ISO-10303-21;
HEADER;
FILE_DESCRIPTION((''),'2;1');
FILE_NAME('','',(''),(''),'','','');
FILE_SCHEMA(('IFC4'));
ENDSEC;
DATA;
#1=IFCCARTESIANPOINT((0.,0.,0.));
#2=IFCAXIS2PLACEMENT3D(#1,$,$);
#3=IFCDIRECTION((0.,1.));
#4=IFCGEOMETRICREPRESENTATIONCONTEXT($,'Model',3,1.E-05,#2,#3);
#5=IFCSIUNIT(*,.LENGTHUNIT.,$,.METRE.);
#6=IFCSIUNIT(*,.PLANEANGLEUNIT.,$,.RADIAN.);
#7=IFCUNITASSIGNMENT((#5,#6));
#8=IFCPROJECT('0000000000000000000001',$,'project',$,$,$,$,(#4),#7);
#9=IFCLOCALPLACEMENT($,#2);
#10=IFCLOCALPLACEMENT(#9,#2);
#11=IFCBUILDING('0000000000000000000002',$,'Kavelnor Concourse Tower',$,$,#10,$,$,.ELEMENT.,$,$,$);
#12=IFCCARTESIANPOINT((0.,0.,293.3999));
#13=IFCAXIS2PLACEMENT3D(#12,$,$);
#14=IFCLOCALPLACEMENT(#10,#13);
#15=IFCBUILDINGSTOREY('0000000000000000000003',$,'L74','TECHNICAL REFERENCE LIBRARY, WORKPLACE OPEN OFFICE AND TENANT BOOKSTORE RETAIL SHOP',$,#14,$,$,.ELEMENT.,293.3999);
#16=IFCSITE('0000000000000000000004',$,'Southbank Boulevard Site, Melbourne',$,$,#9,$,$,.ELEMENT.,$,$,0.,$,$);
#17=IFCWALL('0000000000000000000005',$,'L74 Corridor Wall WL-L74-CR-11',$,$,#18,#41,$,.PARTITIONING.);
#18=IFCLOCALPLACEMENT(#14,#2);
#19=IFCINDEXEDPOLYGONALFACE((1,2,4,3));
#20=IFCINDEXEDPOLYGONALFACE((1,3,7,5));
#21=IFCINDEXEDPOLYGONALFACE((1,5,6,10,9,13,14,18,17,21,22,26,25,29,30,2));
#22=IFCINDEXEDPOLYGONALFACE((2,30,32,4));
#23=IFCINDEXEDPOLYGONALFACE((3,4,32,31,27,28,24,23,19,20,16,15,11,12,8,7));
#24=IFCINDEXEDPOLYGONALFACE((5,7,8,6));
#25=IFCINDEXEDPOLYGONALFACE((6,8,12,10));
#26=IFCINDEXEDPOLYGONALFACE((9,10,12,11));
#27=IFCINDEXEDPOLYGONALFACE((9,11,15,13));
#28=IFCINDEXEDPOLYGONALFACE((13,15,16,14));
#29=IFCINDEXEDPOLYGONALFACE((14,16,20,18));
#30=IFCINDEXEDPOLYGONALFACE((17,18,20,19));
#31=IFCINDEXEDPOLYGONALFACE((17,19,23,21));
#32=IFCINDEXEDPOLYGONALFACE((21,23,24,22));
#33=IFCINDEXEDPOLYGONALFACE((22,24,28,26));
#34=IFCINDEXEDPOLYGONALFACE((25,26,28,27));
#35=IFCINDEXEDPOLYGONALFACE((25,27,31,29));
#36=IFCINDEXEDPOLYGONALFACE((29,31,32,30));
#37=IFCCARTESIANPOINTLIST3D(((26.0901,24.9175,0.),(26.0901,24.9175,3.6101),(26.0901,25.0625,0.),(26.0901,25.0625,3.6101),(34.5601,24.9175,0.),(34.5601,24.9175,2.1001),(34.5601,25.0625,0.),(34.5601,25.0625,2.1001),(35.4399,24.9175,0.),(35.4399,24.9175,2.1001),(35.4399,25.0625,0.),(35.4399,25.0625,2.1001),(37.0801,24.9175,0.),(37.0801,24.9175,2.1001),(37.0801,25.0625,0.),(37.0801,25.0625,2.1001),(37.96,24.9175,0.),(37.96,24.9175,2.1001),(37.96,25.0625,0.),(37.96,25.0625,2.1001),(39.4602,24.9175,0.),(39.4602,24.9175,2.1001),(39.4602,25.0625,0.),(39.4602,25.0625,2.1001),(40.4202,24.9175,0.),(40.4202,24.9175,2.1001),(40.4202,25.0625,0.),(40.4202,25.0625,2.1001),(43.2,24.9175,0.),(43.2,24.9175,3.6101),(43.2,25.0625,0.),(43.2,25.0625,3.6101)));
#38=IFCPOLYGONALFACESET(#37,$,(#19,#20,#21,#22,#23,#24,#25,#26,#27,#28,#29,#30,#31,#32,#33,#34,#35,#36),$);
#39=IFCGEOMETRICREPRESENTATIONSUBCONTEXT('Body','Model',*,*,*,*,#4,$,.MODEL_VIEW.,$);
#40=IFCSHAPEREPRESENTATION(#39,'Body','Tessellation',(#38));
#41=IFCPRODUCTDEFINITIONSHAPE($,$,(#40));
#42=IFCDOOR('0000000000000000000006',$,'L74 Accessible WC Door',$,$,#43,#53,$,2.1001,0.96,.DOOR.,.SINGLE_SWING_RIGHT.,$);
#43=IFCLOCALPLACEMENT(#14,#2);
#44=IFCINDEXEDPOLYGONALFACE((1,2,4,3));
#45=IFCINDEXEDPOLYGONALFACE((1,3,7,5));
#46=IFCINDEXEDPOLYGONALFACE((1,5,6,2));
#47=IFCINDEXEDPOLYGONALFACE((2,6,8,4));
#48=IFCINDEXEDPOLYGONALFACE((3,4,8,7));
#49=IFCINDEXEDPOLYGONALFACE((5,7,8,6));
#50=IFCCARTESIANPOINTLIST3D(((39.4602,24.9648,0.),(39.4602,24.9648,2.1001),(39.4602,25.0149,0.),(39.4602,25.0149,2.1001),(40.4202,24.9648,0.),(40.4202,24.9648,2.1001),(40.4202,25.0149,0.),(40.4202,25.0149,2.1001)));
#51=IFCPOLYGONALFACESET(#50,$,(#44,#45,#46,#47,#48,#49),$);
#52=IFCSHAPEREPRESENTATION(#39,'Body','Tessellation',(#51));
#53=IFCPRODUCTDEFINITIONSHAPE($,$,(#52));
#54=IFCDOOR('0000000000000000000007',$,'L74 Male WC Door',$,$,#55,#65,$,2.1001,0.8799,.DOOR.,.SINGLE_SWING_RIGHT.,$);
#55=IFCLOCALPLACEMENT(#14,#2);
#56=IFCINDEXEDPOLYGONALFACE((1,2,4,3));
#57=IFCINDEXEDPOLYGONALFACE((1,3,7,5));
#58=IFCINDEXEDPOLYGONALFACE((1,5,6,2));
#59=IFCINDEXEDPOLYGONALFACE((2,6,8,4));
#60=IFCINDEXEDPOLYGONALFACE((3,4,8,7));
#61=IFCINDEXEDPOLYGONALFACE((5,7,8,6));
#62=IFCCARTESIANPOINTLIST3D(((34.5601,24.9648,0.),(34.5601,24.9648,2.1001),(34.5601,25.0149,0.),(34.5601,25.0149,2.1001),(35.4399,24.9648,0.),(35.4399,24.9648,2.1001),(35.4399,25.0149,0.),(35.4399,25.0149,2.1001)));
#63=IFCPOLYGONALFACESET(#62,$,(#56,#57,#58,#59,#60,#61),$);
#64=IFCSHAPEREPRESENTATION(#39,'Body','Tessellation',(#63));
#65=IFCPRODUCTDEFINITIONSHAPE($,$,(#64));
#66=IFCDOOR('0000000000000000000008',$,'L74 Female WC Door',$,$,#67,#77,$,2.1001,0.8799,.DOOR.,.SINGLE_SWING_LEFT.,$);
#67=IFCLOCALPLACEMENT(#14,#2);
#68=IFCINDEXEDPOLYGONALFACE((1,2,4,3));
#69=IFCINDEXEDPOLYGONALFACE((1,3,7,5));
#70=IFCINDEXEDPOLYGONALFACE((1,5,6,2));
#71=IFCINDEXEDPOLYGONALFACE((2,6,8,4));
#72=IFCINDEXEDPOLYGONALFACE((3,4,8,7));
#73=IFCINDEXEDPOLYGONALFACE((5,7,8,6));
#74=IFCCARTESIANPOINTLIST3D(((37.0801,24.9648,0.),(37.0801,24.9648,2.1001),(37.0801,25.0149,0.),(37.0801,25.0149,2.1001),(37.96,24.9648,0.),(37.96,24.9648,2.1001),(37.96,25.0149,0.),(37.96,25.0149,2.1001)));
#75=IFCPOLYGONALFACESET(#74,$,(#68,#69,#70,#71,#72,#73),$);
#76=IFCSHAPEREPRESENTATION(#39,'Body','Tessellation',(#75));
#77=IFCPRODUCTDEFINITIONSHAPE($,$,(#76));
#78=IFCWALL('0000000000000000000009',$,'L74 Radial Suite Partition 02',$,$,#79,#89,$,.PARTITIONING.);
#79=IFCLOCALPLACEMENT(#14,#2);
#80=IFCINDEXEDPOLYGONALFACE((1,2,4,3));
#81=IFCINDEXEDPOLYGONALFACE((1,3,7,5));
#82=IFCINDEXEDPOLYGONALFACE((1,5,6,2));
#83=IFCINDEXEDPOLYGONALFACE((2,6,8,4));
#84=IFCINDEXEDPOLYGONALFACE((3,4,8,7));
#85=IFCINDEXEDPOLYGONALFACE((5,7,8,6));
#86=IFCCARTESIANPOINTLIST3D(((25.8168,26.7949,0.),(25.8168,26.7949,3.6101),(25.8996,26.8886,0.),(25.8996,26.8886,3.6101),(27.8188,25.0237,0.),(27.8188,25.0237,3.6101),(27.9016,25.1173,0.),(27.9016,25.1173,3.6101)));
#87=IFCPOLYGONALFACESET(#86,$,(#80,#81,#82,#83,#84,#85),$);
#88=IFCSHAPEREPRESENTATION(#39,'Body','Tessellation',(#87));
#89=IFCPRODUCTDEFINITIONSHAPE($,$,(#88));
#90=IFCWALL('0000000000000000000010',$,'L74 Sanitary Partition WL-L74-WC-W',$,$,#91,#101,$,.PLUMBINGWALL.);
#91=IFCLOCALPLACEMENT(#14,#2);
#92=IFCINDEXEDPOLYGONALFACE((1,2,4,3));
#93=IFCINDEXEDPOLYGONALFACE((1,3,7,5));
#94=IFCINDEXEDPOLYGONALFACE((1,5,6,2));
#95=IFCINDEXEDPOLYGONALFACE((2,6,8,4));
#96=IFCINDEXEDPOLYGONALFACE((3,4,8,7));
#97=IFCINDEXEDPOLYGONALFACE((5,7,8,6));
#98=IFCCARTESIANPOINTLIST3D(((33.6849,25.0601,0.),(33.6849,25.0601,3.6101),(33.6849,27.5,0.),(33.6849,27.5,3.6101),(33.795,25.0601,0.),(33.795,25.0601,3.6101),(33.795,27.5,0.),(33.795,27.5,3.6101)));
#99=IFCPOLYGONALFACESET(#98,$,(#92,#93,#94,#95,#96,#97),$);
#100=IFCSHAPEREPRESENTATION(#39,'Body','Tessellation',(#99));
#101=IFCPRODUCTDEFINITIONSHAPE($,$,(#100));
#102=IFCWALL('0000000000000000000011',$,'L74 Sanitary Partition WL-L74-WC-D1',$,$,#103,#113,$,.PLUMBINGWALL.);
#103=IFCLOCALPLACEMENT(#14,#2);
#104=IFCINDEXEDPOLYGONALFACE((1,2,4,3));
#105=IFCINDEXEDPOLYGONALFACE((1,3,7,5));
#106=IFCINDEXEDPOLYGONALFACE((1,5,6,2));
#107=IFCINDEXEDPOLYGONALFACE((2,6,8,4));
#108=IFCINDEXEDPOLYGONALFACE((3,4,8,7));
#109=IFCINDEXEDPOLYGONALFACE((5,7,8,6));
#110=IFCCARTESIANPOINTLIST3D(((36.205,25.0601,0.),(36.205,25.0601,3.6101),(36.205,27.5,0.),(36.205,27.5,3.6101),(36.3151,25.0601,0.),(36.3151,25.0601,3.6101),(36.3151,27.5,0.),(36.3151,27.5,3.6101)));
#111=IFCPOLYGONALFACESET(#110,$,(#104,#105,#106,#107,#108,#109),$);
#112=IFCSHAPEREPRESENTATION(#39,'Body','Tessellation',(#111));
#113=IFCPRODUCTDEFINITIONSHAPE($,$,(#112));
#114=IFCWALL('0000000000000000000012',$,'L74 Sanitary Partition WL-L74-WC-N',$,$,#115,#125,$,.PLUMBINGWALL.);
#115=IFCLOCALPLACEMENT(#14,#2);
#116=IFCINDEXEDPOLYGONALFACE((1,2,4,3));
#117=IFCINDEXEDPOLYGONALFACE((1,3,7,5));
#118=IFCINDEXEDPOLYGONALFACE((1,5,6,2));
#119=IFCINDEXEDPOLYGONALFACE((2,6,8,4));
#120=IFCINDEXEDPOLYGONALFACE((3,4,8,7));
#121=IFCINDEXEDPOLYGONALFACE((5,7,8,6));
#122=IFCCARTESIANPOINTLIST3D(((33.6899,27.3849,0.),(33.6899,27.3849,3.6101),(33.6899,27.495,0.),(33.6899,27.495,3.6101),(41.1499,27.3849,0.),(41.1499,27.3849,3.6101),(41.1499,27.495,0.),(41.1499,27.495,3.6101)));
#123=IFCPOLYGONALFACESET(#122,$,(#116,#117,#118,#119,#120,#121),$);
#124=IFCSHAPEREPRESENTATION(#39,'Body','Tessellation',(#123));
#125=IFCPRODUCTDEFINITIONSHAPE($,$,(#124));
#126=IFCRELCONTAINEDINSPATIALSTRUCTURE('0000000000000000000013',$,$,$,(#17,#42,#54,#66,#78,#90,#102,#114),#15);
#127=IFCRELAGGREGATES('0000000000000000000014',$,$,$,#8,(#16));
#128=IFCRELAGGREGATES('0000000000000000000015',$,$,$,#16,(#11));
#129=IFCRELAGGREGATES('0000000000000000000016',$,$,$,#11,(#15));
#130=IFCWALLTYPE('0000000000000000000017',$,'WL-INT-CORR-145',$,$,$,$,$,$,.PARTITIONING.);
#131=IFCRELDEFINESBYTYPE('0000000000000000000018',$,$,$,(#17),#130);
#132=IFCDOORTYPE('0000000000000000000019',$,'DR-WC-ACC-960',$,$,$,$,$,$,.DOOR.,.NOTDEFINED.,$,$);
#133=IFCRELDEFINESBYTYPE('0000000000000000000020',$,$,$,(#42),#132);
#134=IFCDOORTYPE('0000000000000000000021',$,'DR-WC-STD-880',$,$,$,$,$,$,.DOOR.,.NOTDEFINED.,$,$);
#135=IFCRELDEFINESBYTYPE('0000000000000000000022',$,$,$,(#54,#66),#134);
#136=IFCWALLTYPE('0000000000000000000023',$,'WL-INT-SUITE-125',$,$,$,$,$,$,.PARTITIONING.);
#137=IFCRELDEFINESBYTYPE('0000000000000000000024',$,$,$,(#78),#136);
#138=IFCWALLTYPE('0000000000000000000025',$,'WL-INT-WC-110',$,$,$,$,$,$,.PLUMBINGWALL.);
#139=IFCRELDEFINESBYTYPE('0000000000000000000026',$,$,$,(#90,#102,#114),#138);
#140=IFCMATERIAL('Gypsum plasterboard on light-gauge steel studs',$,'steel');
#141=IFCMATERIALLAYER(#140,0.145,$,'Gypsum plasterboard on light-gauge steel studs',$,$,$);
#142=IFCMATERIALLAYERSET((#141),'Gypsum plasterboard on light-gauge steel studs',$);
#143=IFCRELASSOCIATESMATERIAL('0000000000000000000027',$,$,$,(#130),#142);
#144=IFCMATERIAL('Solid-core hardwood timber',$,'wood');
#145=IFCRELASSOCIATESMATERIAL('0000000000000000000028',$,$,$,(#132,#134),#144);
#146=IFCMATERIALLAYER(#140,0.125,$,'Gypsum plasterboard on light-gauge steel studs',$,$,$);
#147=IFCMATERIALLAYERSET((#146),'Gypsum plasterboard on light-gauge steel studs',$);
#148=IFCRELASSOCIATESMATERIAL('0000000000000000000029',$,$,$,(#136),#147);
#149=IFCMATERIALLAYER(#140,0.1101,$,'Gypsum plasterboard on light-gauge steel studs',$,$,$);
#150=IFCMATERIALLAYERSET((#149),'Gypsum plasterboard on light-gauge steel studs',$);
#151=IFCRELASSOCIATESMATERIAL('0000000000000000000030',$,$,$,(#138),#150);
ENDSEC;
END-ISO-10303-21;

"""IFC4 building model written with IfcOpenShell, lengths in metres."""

from ifc_helpers import new_model, si_unit, direction, frame, frame_2d, origin, place, context, subcontext, project, spatial, rectangle, extrude, material, layer, layer_set, type_object, element, fill, save


model = new_model("IFC4")

# Units and contexts
model_context = context("Model", 3, precision=1e-05, world=origin(), true_north=direction((0.0, 1.0)))
body_context = subcontext(model_context, "Body", "Model", "MODEL_VIEW")
ifc_project = project(units=[si_unit("LENGTHUNIT", "METRE"), si_unit("PLANEANGLEUNIT", "RADIAN")], contexts=[model_context])

# Site, building, storey
site_placement = place(None, origin())
site = spatial("IfcSite", under=ifc_project, at=site_placement, Name="Southbank Boulevard Site, Melbourne", CompositionType="ELEMENT", RefElevation=0.0)
building_placement = place(site_placement, origin())
building = spatial("IfcBuilding", under=site, at=building_placement, Name="Kavelnor Concourse Tower", CompositionType="ELEMENT")
storey_placement = place(building_placement, frame((0.0, 0.0, 293.3999)))
storey = spatial("IfcBuildingStorey", under=building, at=storey_placement, Name="L74", Description="TECHNICAL REFERENCE LIBRARY, WORKPLACE OPEN OFFICE AND TENANT BOOKSTORE RETAIL SHOP", CompositionType="ELEMENT", Elevation=293.3999)

# Wall, openings, doors
ifc_material_1 = material(Name="Gypsum plasterboard on light-gauge steel studs", Category="steel")
ifc_layer_1 = layer(ifc_material_1, 0.145, Name="Gypsum plasterboard on light-gauge steel studs")
ifc_layer_set_1 = layer_set([ifc_layer_1], Name="Gypsum plasterboard on light-gauge steel studs")
wall_type_1 = type_object("IfcWallType", Name="WL-INT-CORR-145", PredefinedType="PARTITIONING", material=ifc_layer_set_1)
wall_1_placement = place(storey_placement, frame((26.0901, 24.99, 0.0), z_axis=(0.0, 0.0, 1.0), x_axis=(1.0, 0.0, 0.0)))
wall_1 = element("IfcWall", 1, at=wall_1_placement, inside=storey, type_object=wall_type_1, Name="L74 Corridor Wall WL-L74-CR-11", PredefinedType="PARTITIONING", context=body_context, shape_type="SweptSolid", body=[
    extrude(rectangle(XDim=17.1099, YDim=0.145, at=frame_2d((8.5549, 0.0))), origin(), (0.0, 0.0, 1.0), 3.6101),
])
opening_1_placement = place(wall_1_placement, frame((8.47, 0.0, 0.0)))
opening_1 = element("IfcOpeningElement", 2, at=opening_1_placement, cuts=wall_1, PredefinedType="OPENING", context=body_context, shape_type="SweptSolid", body=[
    extrude(rectangle(XDim=0.8799, YDim=2.1001, at=frame_2d((0.4399, 1.05))), frame((0.0, 0.0825, 0.0), z_axis=(0.0, -1.0, 0.0), x_axis=(1.0, 0.0, 0.0)), (0.0, 0.0, 1.0), 0.165),
])
opening_2_placement = place(wall_1_placement, frame((10.99, 0.0, 0.0)))
opening_2 = element("IfcOpeningElement", 3, at=opening_2_placement, cuts=wall_1, PredefinedType="OPENING", context=body_context, shape_type="SweptSolid", body=[
    extrude(rectangle(XDim=0.8799, YDim=2.1001, at=frame_2d((0.4399, 1.05))), frame((0.0, 0.0825, 0.0), z_axis=(0.0, -1.0, 0.0), x_axis=(1.0, 0.0, 0.0)), (0.0, 0.0, 1.0), 0.165),
])
opening_3_placement = place(wall_1_placement, frame((13.3701, 0.0, 0.0)))
opening_3 = element("IfcOpeningElement", 4, at=opening_3_placement, cuts=wall_1, PredefinedType="OPENING", context=body_context, shape_type="SweptSolid", body=[
    extrude(rectangle(XDim=0.96, YDim=2.1001, at=frame_2d((0.48, 1.05))), frame((0.0, 0.0825, 0.0), z_axis=(0.0, -1.0, 0.0), x_axis=(1.0, 0.0, 0.0)), (0.0, 0.0, 1.0), 0.165),
])
ifc_material_2 = material(Name="Solid-core hardwood timber", Category="wood")
door_type_1 = type_object("IfcDoorType", Name="DR-WC-ACC-960", OperationType="NOTDEFINED", PredefinedType="DOOR", material=ifc_material_2)
door_1_placement = place(opening_3_placement, origin())
door_1 = element("IfcDoor", 5, at=door_1_placement, inside=storey, type_object=door_type_1, Name="L74 Accessible WC Door", OperationType="SINGLE_SWING_RIGHT", OverallHeight=2.1001, OverallWidth=0.96, PredefinedType="DOOR", context=body_context, shape_type="SweptSolid", body=[
    extrude(rectangle(XDim=0.96, YDim=2.1001, at=frame_2d((0.48, 1.05))), frame((0.0, 0.0249, 0.0), z_axis=(0.0, -1.0, 0.0), x_axis=(1.0, 0.0, 0.0)), (0.0, 0.0, 1.0), 0.05),
])
fill(opening_3, door_1)
door_type_2 = type_object("IfcDoorType", Name="DR-WC-STD-880", OperationType="NOTDEFINED", PredefinedType="DOOR", material=ifc_material_2)
door_2_placement = place(opening_1_placement, origin())
door_2 = element("IfcDoor", 6, at=door_2_placement, inside=storey, type_object=door_type_2, Name="L74 Male WC Door", OperationType="SINGLE_SWING_RIGHT", OverallHeight=2.1001, OverallWidth=0.8799, PredefinedType="DOOR", context=body_context, shape_type="SweptSolid", body=[
    extrude(rectangle(XDim=0.8799, YDim=2.1001, at=frame_2d((0.4399, 1.05))), frame((0.0, 0.0249, 0.0), z_axis=(0.0, -1.0, 0.0), x_axis=(1.0, 0.0, 0.0)), (0.0, 0.0, 1.0), 0.05),
])
fill(opening_1, door_2)
door_3_placement = place(opening_2_placement, origin())
door_3 = element("IfcDoor", 7, at=door_3_placement, inside=storey, type_object=door_type_2, Name="L74 Female WC Door", OperationType="SINGLE_SWING_LEFT", OverallHeight=2.1001, OverallWidth=0.8799, PredefinedType="DOOR", context=body_context, shape_type="SweptSolid", body=[
    extrude(rectangle(XDim=0.8799, YDim=2.1001, at=frame_2d((0.4399, 1.05))), frame((0.0, 0.0249, 0.0), z_axis=(0.0, -1.0, 0.0), x_axis=(1.0, 0.0, 0.0)), (0.0, 0.0, 1.0), 0.05),
])
fill(opening_2, door_3)

# Walls
ifc_layer_2 = layer(ifc_material_1, 0.125, Name="Gypsum plasterboard on light-gauge steel studs")
ifc_layer_set_2 = layer_set([ifc_layer_2], Name="Gypsum plasterboard on light-gauge steel studs")
wall_type_2 = type_object("IfcWallType", Name="WL-INT-SUITE-125", PredefinedType="PARTITIONING", material=ifc_layer_set_2)
wall_2_placement = place(storey_placement, frame((27.8601, 25.0706, 0.0), z_axis=(0.0, 0.0, 1.0), x_axis=(-0.748944, 0.662633, 0.0)))
element("IfcWall", 8, at=wall_2_placement, inside=storey, type_object=wall_type_2, Name="L74 Radial Suite Partition 02", PredefinedType="PARTITIONING", context=body_context, shape_type="SweptSolid", body=[
    extrude(rectangle(XDim=2.6731, YDim=0.125, at=frame_2d((1.3364, 0.0))), origin(), (0.0, 0.0, 1.0), 3.6101),
])
ifc_layer_3 = layer(ifc_material_1, 0.1101, Name="Gypsum plasterboard on light-gauge steel studs")
ifc_layer_set_3 = layer_set([ifc_layer_3], Name="Gypsum plasterboard on light-gauge steel studs")
wall_type_3 = type_object("IfcWallType", Name="WL-INT-WC-110", PredefinedType="PLUMBINGWALL", material=ifc_layer_set_3)
for number, where, z_axis, x_axis, name in (
    (9, (33.74, 25.0601, 0.0), (0.0, 0.0, 1.0), (0.0, 1.0, 0.0), "L74 Sanitary Partition WL-L74-WC-W"),
    (10, (36.26, 25.0601, 0.0), (0.0, 0.0, 1.0), (0.0, 1.0, 0.0), "L74 Sanitary Partition WL-L74-WC-D1"),
):
    element("IfcWall", number, at=place(storey_placement, frame(where, z_axis=z_axis, x_axis=x_axis)), inside=storey, type_object=wall_type_3, Name=name, PredefinedType="PLUMBINGWALL", context=body_context, shape_type="SweptSolid", body=[
        extrude(rectangle(XDim=2.4399, YDim=0.1101, at=frame_2d((1.22, 0.0))), origin(), (0.0, 0.0, 1.0), 3.6101),
    ])
wall_3_placement = place(storey_placement, frame((33.6899, 27.4399, 0.0), z_axis=(0.0, 0.0, 1.0), x_axis=(1.0, 0.0, 0.0)))
element("IfcWall", 11, at=wall_3_placement, inside=storey, type_object=wall_type_3, Name="L74 Sanitary Partition WL-L74-WC-N", PredefinedType="PLUMBINGWALL", context=body_context, shape_type="SweptSolid", body=[
    extrude(rectangle(XDim=7.46, YDim=0.1101, at=frame_2d((3.73, 0.0))), origin(), (0.0, 0.0, 1.0), 3.6101),
])

save(model, "model.ifc")
